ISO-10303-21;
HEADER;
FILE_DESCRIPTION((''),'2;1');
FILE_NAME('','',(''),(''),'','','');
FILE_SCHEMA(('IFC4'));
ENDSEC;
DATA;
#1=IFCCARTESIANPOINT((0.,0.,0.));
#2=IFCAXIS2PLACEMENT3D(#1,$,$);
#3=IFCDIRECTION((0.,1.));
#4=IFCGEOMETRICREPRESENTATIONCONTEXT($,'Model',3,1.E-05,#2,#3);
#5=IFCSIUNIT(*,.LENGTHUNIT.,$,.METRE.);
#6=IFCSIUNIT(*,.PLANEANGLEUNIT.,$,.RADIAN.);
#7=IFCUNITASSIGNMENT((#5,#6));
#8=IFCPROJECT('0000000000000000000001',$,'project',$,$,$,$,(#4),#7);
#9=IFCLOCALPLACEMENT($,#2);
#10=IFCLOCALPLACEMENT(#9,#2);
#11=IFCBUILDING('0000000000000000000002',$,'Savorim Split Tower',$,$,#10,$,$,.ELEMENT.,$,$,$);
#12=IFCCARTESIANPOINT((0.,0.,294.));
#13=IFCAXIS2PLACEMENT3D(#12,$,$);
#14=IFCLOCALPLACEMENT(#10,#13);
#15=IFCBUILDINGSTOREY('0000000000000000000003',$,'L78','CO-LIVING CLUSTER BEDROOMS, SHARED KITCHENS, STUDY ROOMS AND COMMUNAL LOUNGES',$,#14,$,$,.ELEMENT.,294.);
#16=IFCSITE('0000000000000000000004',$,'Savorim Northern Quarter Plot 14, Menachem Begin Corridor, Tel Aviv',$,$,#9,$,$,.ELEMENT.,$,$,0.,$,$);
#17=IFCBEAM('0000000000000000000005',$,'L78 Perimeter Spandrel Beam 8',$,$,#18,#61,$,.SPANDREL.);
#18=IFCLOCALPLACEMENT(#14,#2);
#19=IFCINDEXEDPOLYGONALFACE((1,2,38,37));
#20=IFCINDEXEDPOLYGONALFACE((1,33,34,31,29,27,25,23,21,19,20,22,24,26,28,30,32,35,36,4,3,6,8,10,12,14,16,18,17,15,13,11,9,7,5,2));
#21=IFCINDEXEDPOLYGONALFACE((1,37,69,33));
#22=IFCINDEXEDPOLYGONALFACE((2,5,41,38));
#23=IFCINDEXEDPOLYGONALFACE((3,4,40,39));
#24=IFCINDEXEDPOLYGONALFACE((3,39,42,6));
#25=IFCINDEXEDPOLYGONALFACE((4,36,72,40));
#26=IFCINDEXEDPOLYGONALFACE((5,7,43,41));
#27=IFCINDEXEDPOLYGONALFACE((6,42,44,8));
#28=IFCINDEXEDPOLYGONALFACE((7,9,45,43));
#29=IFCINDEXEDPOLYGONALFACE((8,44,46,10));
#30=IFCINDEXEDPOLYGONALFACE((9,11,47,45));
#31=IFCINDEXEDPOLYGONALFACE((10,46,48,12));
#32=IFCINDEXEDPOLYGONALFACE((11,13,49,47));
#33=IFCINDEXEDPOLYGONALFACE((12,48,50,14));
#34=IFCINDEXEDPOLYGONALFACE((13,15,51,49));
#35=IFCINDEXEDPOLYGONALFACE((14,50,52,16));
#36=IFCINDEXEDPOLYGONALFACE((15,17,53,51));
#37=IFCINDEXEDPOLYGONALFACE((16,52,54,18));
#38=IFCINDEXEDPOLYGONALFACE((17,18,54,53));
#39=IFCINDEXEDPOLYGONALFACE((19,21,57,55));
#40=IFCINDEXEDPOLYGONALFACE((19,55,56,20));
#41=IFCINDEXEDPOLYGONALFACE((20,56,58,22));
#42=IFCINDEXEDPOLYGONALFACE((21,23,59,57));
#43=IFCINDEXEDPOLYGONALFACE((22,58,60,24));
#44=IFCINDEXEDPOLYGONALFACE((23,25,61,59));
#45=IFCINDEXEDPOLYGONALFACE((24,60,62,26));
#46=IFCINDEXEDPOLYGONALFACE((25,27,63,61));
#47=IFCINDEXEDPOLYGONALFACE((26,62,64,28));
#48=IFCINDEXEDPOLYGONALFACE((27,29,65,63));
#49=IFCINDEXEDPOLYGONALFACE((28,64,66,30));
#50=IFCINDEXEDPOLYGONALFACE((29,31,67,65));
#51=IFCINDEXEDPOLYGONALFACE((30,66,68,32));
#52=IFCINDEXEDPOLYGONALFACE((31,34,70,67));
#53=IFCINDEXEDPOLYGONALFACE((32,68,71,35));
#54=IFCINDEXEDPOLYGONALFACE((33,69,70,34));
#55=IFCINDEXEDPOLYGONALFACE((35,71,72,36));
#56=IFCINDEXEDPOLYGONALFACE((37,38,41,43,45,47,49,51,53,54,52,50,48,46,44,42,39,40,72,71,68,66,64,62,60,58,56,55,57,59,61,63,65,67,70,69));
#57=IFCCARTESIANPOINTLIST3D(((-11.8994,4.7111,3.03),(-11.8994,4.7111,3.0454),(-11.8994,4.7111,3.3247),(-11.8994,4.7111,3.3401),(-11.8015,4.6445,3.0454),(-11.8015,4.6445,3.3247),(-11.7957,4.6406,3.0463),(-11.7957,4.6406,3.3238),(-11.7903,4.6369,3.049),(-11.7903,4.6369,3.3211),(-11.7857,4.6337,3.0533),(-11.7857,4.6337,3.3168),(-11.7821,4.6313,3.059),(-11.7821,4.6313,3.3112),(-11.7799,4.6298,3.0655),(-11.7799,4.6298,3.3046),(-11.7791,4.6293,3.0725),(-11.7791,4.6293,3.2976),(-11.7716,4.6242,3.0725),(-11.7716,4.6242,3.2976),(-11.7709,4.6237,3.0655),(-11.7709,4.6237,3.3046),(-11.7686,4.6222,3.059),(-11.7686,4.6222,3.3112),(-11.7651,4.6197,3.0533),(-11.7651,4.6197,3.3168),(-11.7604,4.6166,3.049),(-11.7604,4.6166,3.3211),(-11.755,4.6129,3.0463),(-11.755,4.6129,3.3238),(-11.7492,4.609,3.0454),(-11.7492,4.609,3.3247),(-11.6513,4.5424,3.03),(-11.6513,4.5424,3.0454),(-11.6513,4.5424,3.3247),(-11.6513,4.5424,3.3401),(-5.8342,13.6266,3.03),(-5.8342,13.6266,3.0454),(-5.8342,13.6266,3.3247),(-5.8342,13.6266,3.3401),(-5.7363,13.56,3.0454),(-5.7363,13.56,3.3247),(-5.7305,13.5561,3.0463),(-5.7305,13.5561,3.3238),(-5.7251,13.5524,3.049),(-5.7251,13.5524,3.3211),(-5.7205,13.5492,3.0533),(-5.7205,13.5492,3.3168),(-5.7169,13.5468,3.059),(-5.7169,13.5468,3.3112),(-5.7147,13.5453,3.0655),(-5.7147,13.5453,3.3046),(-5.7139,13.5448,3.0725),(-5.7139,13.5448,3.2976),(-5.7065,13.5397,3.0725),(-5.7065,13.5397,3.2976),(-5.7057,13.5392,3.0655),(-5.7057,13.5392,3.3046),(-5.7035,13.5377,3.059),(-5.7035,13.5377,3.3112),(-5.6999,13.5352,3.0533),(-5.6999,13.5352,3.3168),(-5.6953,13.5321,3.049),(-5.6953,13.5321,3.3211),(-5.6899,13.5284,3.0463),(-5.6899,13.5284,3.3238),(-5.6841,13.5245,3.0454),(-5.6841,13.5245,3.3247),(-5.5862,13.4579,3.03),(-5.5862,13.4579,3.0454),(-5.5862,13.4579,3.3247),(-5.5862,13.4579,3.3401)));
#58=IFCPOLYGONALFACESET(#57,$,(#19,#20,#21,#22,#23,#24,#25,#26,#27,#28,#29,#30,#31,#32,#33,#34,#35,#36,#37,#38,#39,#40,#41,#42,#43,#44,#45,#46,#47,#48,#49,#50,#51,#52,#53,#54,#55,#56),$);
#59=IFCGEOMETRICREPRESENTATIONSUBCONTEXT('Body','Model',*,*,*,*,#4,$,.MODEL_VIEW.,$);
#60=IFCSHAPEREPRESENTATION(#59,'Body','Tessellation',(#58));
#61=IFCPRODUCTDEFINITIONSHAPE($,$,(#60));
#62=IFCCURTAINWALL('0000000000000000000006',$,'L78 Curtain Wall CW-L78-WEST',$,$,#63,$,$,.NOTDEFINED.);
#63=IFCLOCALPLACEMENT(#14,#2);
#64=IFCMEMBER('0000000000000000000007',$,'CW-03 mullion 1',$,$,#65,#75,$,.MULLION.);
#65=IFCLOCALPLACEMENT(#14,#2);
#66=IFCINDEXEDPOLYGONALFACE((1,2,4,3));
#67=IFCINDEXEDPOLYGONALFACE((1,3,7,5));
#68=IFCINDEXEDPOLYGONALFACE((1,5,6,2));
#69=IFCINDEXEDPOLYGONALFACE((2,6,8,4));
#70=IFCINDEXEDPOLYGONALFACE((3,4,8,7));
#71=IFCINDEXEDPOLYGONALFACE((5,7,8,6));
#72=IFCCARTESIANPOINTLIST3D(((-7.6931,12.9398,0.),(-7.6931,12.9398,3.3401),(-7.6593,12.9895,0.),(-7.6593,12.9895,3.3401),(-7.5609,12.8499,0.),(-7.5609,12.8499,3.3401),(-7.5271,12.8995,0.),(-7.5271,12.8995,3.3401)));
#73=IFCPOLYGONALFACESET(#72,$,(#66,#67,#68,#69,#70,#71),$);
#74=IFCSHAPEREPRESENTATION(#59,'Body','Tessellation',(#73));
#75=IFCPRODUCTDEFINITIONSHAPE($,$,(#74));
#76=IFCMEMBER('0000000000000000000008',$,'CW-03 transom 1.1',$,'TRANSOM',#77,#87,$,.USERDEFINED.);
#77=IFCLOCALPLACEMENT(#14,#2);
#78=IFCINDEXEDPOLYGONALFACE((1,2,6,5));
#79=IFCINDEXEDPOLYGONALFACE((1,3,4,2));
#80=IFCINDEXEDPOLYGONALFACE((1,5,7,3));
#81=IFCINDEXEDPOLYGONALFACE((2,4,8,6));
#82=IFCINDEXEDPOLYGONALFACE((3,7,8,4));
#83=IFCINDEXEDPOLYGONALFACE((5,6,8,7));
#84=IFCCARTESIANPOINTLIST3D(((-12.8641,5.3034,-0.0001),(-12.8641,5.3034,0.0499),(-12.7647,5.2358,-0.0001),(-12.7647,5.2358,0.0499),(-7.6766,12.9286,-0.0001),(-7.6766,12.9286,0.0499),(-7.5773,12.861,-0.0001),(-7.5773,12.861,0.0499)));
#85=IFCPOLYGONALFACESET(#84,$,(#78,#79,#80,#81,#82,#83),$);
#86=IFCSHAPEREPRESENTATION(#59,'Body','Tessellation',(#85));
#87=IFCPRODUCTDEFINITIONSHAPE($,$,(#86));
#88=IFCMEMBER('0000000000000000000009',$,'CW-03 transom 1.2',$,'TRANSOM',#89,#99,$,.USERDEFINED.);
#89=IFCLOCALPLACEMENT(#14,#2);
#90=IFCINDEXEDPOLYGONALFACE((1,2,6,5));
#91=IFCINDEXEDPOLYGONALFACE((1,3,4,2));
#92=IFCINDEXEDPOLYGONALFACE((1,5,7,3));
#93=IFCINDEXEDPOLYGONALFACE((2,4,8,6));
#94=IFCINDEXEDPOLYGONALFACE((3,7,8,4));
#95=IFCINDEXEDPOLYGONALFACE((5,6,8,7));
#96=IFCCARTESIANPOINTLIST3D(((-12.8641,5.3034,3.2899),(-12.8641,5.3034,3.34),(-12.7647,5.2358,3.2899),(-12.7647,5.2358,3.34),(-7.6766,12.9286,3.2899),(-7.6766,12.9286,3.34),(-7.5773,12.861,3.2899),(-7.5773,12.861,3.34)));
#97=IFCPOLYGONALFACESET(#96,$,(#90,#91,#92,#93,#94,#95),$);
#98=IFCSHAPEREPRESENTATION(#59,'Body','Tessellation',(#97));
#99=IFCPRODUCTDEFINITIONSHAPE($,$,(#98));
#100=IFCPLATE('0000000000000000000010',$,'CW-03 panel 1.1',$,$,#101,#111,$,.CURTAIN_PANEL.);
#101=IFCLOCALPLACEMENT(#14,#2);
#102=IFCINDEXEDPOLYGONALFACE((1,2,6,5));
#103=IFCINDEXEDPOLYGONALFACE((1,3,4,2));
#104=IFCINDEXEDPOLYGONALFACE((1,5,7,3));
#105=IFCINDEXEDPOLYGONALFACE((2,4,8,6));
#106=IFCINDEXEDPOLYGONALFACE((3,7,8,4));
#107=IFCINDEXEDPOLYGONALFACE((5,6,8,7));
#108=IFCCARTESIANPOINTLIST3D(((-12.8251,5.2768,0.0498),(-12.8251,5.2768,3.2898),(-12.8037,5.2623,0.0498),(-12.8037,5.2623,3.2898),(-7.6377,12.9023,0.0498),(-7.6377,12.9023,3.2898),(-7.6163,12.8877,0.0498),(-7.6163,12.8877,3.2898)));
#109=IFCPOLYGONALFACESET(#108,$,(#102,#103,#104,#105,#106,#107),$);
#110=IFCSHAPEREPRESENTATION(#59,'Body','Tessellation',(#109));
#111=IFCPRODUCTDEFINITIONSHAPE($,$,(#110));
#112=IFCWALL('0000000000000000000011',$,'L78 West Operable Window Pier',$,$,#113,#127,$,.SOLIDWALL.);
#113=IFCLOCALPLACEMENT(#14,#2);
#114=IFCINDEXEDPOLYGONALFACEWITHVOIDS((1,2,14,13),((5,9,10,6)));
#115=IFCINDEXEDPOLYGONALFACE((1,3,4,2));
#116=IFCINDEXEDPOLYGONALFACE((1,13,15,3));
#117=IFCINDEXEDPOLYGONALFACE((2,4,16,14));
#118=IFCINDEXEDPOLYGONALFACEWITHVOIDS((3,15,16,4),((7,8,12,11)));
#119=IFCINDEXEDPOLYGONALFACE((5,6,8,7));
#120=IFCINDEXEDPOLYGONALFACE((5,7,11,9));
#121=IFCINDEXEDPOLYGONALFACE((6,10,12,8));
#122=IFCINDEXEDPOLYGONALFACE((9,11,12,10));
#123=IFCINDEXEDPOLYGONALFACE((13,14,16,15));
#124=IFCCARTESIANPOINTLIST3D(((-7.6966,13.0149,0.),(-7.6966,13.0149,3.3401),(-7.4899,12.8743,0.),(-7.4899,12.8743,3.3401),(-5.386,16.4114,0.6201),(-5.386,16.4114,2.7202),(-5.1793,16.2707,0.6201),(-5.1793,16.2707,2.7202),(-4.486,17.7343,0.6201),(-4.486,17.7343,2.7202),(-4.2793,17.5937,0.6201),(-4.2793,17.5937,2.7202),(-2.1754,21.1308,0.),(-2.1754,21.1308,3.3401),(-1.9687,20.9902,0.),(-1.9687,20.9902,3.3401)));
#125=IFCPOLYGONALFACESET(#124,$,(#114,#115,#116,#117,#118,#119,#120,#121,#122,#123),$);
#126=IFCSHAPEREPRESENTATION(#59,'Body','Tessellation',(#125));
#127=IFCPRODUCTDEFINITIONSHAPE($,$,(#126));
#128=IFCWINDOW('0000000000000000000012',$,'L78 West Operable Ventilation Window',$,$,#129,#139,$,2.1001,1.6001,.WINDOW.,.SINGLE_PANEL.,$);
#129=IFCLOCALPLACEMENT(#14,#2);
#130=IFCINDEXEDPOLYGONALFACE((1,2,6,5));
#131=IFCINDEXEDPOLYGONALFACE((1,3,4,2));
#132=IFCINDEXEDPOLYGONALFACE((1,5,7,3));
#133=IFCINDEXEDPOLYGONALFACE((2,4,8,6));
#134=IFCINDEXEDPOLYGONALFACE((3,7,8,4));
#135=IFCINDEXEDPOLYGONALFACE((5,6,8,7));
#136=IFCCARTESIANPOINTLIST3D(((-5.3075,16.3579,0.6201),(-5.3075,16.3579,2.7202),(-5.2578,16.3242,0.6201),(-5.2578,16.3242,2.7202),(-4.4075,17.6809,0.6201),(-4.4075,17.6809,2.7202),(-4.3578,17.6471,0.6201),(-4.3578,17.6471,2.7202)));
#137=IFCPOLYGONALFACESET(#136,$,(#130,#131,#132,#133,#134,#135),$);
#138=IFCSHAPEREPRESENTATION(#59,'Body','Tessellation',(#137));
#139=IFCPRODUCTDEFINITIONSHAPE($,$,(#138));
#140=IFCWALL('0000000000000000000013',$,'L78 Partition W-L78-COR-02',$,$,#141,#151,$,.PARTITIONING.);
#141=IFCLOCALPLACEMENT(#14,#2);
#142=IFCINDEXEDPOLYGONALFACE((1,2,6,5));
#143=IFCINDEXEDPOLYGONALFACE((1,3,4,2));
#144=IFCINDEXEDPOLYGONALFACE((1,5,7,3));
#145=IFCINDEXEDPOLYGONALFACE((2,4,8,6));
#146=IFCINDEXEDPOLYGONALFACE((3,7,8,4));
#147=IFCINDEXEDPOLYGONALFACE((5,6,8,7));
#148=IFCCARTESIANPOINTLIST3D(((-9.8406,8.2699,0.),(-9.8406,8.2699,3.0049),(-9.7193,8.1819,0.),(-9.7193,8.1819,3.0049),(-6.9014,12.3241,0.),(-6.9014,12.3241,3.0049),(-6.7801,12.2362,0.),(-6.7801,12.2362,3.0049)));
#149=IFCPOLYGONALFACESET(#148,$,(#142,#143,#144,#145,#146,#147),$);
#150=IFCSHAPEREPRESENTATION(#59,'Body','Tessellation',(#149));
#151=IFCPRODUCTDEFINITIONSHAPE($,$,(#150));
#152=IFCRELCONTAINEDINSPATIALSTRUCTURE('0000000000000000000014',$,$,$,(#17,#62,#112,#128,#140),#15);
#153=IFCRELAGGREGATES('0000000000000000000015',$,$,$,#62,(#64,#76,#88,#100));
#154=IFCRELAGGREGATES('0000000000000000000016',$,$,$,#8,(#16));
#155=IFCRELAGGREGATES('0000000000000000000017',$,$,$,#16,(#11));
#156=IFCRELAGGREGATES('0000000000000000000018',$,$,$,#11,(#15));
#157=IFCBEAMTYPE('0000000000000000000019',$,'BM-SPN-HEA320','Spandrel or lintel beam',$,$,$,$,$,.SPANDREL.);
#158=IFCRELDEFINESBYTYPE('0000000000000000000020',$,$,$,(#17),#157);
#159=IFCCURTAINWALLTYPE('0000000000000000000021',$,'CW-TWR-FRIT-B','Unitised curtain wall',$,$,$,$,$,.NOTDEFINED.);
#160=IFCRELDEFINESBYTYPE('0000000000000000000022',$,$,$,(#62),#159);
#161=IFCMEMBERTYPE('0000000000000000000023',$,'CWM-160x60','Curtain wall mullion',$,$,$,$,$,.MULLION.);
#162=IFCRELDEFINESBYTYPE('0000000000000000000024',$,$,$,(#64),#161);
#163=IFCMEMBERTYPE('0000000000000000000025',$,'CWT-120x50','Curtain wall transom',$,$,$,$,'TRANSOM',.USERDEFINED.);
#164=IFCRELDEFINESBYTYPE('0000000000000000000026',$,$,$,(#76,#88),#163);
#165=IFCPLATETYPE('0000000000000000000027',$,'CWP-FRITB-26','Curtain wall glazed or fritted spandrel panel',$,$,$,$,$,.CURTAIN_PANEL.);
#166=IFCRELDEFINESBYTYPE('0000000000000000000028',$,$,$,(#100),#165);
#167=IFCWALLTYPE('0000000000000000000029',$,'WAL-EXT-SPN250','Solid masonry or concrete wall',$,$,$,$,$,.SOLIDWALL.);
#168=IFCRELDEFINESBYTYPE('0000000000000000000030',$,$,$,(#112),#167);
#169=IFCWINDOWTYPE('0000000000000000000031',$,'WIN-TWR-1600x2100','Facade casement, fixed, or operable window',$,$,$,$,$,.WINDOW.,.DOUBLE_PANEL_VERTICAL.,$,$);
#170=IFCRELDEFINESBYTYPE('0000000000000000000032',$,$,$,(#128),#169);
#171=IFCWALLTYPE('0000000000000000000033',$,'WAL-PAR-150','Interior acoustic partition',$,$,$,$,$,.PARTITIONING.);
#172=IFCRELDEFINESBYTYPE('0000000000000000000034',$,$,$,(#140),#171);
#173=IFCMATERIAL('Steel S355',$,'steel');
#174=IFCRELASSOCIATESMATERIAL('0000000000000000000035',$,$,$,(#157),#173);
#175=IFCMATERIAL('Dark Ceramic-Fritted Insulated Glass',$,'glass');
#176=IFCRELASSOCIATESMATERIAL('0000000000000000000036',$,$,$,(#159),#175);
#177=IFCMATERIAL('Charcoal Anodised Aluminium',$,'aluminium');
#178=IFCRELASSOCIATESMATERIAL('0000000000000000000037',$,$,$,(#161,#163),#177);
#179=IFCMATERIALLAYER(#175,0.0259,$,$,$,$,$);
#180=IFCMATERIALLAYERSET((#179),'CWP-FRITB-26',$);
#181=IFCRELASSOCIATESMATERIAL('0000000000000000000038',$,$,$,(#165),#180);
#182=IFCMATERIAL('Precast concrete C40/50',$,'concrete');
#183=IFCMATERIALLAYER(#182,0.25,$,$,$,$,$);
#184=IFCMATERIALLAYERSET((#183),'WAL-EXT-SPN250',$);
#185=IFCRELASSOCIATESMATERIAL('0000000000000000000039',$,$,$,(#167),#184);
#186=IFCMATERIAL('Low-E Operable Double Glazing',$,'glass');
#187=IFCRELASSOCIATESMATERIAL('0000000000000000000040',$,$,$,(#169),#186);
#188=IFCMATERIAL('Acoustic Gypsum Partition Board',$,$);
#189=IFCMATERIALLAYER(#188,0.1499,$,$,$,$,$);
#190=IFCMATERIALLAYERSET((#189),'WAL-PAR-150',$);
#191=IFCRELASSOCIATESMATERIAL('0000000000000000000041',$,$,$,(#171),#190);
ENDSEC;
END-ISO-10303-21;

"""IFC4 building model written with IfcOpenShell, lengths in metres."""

from ifc_helpers import new_model, si_unit, direction, frame, frame_2d, origin, origin_2d, place, context, subcontext, project, spatial, rectangle, i_section, extrude, material, layer, layer_set, material_profile, profile_set, type_object, element, fill, aggregate, save


model = new_model("IFC4")

# Units and contexts
model_context = context("Model", 3, precision=1e-05, world=origin(), true_north=direction((0.0, 1.0)))
body_context = subcontext(model_context, "Body", "Model", "MODEL_VIEW")
ifc_project = project(units=[si_unit("LENGTHUNIT", "METRE"), si_unit("PLANEANGLEUNIT", "RADIAN")], contexts=[model_context])

# Site, building, storey
site_placement = place(None, origin())
site = spatial("IfcSite", under=ifc_project, at=site_placement, Name="Savorim Northern Quarter Plot 14, Menachem Begin Corridor, Tel Aviv", CompositionType="ELEMENT", RefElevation=0.0)
building_placement = place(site_placement, origin())
building = spatial("IfcBuilding", under=site, at=building_placement, Name="Savorim Split Tower", CompositionType="ELEMENT")
storey_placement = place(building_placement, frame((0.0, 0.0, 294.0)))
storey = spatial("IfcBuildingStorey", under=building, at=storey_placement, Name="L78", Description="CO-LIVING CLUSTER BEDROOMS, SHARED KITCHENS, STUDY ROOMS AND COMMUNAL LOUNGES", CompositionType="ELEMENT", Elevation=294.0)

# Shared definitions
ifc_material_1 = material(Name="Steel S355", Category="steel")

# Beam
ifc_material_profile_1 = material_profile(ifc_material_1, i_section(OverallWidth=0.3, OverallDepth=0.3101, WebThickness=0.009, FlangeThickness=0.0154, FilletRadius=0.0271, at=origin_2d()), Name="HEA 320")
ifc_profile_set_1 = profile_set([ifc_material_profile_1], Name="Steel S355")
beam_type_1 = type_object("IfcBeamType", Name="BM-SPN-HEA320", Description="Spandrel or lintel beam", PredefinedType="SPANDREL", material=ifc_profile_set_1)
beam_1_placement = place(storey_placement, frame((-5.7102, 13.5422, 3.1851), z_axis=(-0.562477, -0.826813, 0.0), x_axis=(0.826813, -0.562477, 0.0)))
element("IfcBeam", 1, at=beam_1_placement, inside=storey, type_object=beam_type_1, Name="L78 Perimeter Spandrel Beam 8", PredefinedType="SPANDREL", context=body_context, shape_type="SweptSolid", body=[
    extrude(i_section(OverallWidth=0.3, OverallDepth=0.3101, WebThickness=0.009, FlangeThickness=0.0154, FilletRadius=0.0271, at=origin_2d()), origin(), (0.0, 0.0, 1.0), 10.783),
])

# Curtain wall, members, plate
ifc_material_2 = material(Name="Dark Ceramic-Fritted Insulated Glass", Category="glass")
curtain_wall_type = type_object("IfcCurtainWallType", Name="CW-TWR-FRIT-B", Description="Unitised curtain wall", PredefinedType="NOTDEFINED", material=ifc_material_2)
curtain_wall_placement = place(storey_placement, origin())
curtain_wall = element("IfcCurtainWall", 2, at=curtain_wall_placement, inside=storey, type_object=curtain_wall_type, Name="L78 Curtain Wall CW-L78-WEST", PredefinedType="NOTDEFINED")
ifc_material_3 = material(Name="Charcoal Anodised Aluminium", Category="aluminium")
ifc_material_profile_2 = material_profile(ifc_material_3, rectangle(XDim=0.1599, YDim=0.0601, at=origin_2d()), Name="ALU-M 160x60")
ifc_profile_set_2 = profile_set([ifc_material_profile_2], Name="Charcoal Anodised Aluminium")
member_type_1 = type_object("IfcMemberType", Name="CWM-160x60", Description="Curtain wall mullion", PredefinedType="MULLION", material=ifc_profile_set_2)
member_1_placement = place(storey_placement, frame((-7.6101, 12.9197, 0.0), z_axis=(0.0, 0.0, 1.0), x_axis=(0.826818, -0.56247, 0.0)))
member_1 = element("IfcMember", 3, at=member_1_placement, type_object=member_type_1, Name="CW-03 mullion 1", PredefinedType="MULLION", context=body_context, shape_type="SweptSolid", body=[
    extrude(rectangle(XDim=0.1599, YDim=0.0601, at=origin_2d()), origin(), (0.0, 0.0, 1.0), 3.3401),
])
ifc_material_profile_3 = material_profile(ifc_material_3, rectangle(XDim=0.1201, YDim=0.05, at=origin_2d()), Name="ALU-T 120x50")
ifc_profile_set_3 = profile_set([ifc_material_profile_3], Name="Charcoal Anodised Aluminium")
member_type_2 = type_object("IfcMemberType", Name="CWT-120x50", Description="Curtain wall transom", ElementType="TRANSOM", PredefinedType="USERDEFINED", material=ifc_profile_set_3)
member_2_placement = place(storey_placement, frame((-7.627, 12.8948, 0.0249), z_axis=(-0.562483, -0.826809, 0.0), x_axis=(0.826809, -0.562483, 0.0)))
member_2 = element("IfcMember", 4, at=member_2_placement, type_object=member_type_2, Name="CW-03 transom 1.1", ObjectType="TRANSOM", PredefinedType="USERDEFINED", context=body_context, shape_type="SweptSolid", body=[
    extrude(rectangle(XDim=0.1201, YDim=0.05, at=origin_2d()), origin(), (0.0, 0.0, 1.0), 9.2224),
])
member_3_placement = place(storey_placement, frame((-7.627, 12.8948, 3.3149), z_axis=(-0.562483, -0.826809, 0.0), x_axis=(0.826809, -0.562483, 0.0)))
member_3 = element("IfcMember", 5, at=member_3_placement, type_object=member_type_2, Name="CW-03 transom 1.2", ObjectType="TRANSOM", PredefinedType="USERDEFINED", context=body_context, shape_type="SweptSolid", body=[
    extrude(rectangle(XDim=0.1201, YDim=0.05, at=origin_2d()), origin(), (0.0, 0.0, 1.0), 9.2224),
])
ifc_layer_1 = layer(ifc_material_2, 0.0259)
ifc_layer_set_1 = layer_set([ifc_layer_1], Name="CWP-FRITB-26")
plate_type = type_object("IfcPlateType", Name="CWP-FRITB-26", Description="Curtain wall glazed or fritted spandrel panel", PredefinedType="CURTAIN_PANEL", material=ifc_layer_set_1)
plate_placement = place(storey_placement, frame((-10.2207, 9.0823, 0.0498), z_axis=(0.0, 0.0, 1.0), x_axis=(-0.56247, -0.826818, 0.0)))
plate = element("IfcPlate", 6, at=plate_placement, type_object=plate_type, Name="CW-03 panel 1.1", PredefinedType="CURTAIN_PANEL", context=body_context, shape_type="SweptSolid", body=[
    extrude(rectangle(XDim=9.2227, YDim=0.0259, at=origin_2d()), origin(), (0.0, 0.0, 1.0), 3.24),
])
aggregate(curtain_wall, [member_1, member_2, member_3, plate])

# Shared definitions
ifc_material_4 = material(Name="Precast concrete C40/50", Category="concrete")

# Wall, opening, window
ifc_layer_2 = layer(ifc_material_4, 0.25)
ifc_layer_set_2 = layer_set([ifc_layer_2], Name="WAL-EXT-SPN250")
wall_type_1 = type_object("IfcWallType", Name="WAL-EXT-SPN250", Description="Solid masonry or concrete wall", PredefinedType="SOLIDWALL", material=ifc_layer_set_2)
wall_1_placement = place(storey_placement, frame((-7.5933, 12.9446, 0.0), z_axis=(0.0, 0.0, 1.0), x_axis=(0.562476, 0.826814, 0.0)))
wall_1 = element("IfcWall", 7, at=wall_1_placement, inside=storey, type_object=wall_type_1, Name="L78 West Operable Window Pier", PredefinedType="SOLIDWALL", context=body_context, shape_type="SweptSolid", body=[
    extrude(rectangle(XDim=9.8159, YDim=0.25, at=frame_2d((4.908, 0.0))), origin(), (0.0, 0.0, 1.0), 3.3401),
])
opening_1_placement = place(wall_1_placement, frame((4.1079, 0.0, 0.6201)))
opening_1 = element("IfcOpeningElement", 8, at=opening_1_placement, cuts=wall_1, PredefinedType="OPENING", context=body_context, shape_type="SweptSolid", body=[
    extrude(rectangle(XDim=1.6001, YDim=2.1001, at=frame_2d((0.8, 1.05))), frame((0.0, 0.135, 0.0), z_axis=(0.0, -1.0, 0.0), x_axis=(1.0, 0.0, 0.0)), (0.0, 0.0, 1.0), 0.27),
])
ifc_material_5 = material(Name="Low-E Operable Double Glazing", Category="glass")
window_type = type_object("IfcWindowType", Name="WIN-TWR-1600x2100", Description="Facade casement, fixed, or operable window", PartitioningType="DOUBLE_PANEL_VERTICAL", PredefinedType="WINDOW", material=ifc_material_5)
window_placement = place(opening_1_placement, origin())
window = element("IfcWindow", 9, at=window_placement, inside=storey, type_object=window_type, Name="L78 West Operable Ventilation Window", OverallHeight=2.1001, OverallWidth=1.6001, PartitioningType="SINGLE_PANEL", PredefinedType="WINDOW", context=body_context, shape_type="SweptSolid", body=[
    extrude(rectangle(XDim=1.6001, YDim=2.1001, at=frame_2d((0.8, 1.05))), frame((0.0, 0.03, 0.0), z_axis=(0.0, -1.0, 0.0), x_axis=(1.0, 0.0, 0.0)), (0.0, 0.0, 1.0), 0.0601),
])
fill(opening_1, window)

# Wall
ifc_material_6 = material(Name="Acoustic Gypsum Partition Board")
ifc_layer_3 = layer(ifc_material_6, 0.1499)
ifc_layer_set_3 = layer_set([ifc_layer_3], Name="WAL-PAR-150")
wall_type_2 = type_object("IfcWallType", Name="WAL-PAR-150", Description="Interior acoustic partition", PredefinedType="PARTITIONING", material=ifc_layer_set_3)
wall_2_placement = place(storey_placement, frame((-9.78, 8.2258, 0.0), z_axis=(0.0, 0.0, 1.0), x_axis=(0.586956, 0.809619, 0.0)))
element("IfcWall", 10, at=wall_2_placement, inside=storey, type_object=wall_type_2, Name="L78 Partition W-L78-COR-02", PredefinedType="PARTITIONING", context=body_context, shape_type="SweptSolid", body=[
    extrude(rectangle(XDim=5.0076, YDim=0.1499, at=frame_2d((2.5039, 0.0))), origin(), (0.0, 0.0, 1.0), 3.0049),
])

save(model, "model.ifc")
